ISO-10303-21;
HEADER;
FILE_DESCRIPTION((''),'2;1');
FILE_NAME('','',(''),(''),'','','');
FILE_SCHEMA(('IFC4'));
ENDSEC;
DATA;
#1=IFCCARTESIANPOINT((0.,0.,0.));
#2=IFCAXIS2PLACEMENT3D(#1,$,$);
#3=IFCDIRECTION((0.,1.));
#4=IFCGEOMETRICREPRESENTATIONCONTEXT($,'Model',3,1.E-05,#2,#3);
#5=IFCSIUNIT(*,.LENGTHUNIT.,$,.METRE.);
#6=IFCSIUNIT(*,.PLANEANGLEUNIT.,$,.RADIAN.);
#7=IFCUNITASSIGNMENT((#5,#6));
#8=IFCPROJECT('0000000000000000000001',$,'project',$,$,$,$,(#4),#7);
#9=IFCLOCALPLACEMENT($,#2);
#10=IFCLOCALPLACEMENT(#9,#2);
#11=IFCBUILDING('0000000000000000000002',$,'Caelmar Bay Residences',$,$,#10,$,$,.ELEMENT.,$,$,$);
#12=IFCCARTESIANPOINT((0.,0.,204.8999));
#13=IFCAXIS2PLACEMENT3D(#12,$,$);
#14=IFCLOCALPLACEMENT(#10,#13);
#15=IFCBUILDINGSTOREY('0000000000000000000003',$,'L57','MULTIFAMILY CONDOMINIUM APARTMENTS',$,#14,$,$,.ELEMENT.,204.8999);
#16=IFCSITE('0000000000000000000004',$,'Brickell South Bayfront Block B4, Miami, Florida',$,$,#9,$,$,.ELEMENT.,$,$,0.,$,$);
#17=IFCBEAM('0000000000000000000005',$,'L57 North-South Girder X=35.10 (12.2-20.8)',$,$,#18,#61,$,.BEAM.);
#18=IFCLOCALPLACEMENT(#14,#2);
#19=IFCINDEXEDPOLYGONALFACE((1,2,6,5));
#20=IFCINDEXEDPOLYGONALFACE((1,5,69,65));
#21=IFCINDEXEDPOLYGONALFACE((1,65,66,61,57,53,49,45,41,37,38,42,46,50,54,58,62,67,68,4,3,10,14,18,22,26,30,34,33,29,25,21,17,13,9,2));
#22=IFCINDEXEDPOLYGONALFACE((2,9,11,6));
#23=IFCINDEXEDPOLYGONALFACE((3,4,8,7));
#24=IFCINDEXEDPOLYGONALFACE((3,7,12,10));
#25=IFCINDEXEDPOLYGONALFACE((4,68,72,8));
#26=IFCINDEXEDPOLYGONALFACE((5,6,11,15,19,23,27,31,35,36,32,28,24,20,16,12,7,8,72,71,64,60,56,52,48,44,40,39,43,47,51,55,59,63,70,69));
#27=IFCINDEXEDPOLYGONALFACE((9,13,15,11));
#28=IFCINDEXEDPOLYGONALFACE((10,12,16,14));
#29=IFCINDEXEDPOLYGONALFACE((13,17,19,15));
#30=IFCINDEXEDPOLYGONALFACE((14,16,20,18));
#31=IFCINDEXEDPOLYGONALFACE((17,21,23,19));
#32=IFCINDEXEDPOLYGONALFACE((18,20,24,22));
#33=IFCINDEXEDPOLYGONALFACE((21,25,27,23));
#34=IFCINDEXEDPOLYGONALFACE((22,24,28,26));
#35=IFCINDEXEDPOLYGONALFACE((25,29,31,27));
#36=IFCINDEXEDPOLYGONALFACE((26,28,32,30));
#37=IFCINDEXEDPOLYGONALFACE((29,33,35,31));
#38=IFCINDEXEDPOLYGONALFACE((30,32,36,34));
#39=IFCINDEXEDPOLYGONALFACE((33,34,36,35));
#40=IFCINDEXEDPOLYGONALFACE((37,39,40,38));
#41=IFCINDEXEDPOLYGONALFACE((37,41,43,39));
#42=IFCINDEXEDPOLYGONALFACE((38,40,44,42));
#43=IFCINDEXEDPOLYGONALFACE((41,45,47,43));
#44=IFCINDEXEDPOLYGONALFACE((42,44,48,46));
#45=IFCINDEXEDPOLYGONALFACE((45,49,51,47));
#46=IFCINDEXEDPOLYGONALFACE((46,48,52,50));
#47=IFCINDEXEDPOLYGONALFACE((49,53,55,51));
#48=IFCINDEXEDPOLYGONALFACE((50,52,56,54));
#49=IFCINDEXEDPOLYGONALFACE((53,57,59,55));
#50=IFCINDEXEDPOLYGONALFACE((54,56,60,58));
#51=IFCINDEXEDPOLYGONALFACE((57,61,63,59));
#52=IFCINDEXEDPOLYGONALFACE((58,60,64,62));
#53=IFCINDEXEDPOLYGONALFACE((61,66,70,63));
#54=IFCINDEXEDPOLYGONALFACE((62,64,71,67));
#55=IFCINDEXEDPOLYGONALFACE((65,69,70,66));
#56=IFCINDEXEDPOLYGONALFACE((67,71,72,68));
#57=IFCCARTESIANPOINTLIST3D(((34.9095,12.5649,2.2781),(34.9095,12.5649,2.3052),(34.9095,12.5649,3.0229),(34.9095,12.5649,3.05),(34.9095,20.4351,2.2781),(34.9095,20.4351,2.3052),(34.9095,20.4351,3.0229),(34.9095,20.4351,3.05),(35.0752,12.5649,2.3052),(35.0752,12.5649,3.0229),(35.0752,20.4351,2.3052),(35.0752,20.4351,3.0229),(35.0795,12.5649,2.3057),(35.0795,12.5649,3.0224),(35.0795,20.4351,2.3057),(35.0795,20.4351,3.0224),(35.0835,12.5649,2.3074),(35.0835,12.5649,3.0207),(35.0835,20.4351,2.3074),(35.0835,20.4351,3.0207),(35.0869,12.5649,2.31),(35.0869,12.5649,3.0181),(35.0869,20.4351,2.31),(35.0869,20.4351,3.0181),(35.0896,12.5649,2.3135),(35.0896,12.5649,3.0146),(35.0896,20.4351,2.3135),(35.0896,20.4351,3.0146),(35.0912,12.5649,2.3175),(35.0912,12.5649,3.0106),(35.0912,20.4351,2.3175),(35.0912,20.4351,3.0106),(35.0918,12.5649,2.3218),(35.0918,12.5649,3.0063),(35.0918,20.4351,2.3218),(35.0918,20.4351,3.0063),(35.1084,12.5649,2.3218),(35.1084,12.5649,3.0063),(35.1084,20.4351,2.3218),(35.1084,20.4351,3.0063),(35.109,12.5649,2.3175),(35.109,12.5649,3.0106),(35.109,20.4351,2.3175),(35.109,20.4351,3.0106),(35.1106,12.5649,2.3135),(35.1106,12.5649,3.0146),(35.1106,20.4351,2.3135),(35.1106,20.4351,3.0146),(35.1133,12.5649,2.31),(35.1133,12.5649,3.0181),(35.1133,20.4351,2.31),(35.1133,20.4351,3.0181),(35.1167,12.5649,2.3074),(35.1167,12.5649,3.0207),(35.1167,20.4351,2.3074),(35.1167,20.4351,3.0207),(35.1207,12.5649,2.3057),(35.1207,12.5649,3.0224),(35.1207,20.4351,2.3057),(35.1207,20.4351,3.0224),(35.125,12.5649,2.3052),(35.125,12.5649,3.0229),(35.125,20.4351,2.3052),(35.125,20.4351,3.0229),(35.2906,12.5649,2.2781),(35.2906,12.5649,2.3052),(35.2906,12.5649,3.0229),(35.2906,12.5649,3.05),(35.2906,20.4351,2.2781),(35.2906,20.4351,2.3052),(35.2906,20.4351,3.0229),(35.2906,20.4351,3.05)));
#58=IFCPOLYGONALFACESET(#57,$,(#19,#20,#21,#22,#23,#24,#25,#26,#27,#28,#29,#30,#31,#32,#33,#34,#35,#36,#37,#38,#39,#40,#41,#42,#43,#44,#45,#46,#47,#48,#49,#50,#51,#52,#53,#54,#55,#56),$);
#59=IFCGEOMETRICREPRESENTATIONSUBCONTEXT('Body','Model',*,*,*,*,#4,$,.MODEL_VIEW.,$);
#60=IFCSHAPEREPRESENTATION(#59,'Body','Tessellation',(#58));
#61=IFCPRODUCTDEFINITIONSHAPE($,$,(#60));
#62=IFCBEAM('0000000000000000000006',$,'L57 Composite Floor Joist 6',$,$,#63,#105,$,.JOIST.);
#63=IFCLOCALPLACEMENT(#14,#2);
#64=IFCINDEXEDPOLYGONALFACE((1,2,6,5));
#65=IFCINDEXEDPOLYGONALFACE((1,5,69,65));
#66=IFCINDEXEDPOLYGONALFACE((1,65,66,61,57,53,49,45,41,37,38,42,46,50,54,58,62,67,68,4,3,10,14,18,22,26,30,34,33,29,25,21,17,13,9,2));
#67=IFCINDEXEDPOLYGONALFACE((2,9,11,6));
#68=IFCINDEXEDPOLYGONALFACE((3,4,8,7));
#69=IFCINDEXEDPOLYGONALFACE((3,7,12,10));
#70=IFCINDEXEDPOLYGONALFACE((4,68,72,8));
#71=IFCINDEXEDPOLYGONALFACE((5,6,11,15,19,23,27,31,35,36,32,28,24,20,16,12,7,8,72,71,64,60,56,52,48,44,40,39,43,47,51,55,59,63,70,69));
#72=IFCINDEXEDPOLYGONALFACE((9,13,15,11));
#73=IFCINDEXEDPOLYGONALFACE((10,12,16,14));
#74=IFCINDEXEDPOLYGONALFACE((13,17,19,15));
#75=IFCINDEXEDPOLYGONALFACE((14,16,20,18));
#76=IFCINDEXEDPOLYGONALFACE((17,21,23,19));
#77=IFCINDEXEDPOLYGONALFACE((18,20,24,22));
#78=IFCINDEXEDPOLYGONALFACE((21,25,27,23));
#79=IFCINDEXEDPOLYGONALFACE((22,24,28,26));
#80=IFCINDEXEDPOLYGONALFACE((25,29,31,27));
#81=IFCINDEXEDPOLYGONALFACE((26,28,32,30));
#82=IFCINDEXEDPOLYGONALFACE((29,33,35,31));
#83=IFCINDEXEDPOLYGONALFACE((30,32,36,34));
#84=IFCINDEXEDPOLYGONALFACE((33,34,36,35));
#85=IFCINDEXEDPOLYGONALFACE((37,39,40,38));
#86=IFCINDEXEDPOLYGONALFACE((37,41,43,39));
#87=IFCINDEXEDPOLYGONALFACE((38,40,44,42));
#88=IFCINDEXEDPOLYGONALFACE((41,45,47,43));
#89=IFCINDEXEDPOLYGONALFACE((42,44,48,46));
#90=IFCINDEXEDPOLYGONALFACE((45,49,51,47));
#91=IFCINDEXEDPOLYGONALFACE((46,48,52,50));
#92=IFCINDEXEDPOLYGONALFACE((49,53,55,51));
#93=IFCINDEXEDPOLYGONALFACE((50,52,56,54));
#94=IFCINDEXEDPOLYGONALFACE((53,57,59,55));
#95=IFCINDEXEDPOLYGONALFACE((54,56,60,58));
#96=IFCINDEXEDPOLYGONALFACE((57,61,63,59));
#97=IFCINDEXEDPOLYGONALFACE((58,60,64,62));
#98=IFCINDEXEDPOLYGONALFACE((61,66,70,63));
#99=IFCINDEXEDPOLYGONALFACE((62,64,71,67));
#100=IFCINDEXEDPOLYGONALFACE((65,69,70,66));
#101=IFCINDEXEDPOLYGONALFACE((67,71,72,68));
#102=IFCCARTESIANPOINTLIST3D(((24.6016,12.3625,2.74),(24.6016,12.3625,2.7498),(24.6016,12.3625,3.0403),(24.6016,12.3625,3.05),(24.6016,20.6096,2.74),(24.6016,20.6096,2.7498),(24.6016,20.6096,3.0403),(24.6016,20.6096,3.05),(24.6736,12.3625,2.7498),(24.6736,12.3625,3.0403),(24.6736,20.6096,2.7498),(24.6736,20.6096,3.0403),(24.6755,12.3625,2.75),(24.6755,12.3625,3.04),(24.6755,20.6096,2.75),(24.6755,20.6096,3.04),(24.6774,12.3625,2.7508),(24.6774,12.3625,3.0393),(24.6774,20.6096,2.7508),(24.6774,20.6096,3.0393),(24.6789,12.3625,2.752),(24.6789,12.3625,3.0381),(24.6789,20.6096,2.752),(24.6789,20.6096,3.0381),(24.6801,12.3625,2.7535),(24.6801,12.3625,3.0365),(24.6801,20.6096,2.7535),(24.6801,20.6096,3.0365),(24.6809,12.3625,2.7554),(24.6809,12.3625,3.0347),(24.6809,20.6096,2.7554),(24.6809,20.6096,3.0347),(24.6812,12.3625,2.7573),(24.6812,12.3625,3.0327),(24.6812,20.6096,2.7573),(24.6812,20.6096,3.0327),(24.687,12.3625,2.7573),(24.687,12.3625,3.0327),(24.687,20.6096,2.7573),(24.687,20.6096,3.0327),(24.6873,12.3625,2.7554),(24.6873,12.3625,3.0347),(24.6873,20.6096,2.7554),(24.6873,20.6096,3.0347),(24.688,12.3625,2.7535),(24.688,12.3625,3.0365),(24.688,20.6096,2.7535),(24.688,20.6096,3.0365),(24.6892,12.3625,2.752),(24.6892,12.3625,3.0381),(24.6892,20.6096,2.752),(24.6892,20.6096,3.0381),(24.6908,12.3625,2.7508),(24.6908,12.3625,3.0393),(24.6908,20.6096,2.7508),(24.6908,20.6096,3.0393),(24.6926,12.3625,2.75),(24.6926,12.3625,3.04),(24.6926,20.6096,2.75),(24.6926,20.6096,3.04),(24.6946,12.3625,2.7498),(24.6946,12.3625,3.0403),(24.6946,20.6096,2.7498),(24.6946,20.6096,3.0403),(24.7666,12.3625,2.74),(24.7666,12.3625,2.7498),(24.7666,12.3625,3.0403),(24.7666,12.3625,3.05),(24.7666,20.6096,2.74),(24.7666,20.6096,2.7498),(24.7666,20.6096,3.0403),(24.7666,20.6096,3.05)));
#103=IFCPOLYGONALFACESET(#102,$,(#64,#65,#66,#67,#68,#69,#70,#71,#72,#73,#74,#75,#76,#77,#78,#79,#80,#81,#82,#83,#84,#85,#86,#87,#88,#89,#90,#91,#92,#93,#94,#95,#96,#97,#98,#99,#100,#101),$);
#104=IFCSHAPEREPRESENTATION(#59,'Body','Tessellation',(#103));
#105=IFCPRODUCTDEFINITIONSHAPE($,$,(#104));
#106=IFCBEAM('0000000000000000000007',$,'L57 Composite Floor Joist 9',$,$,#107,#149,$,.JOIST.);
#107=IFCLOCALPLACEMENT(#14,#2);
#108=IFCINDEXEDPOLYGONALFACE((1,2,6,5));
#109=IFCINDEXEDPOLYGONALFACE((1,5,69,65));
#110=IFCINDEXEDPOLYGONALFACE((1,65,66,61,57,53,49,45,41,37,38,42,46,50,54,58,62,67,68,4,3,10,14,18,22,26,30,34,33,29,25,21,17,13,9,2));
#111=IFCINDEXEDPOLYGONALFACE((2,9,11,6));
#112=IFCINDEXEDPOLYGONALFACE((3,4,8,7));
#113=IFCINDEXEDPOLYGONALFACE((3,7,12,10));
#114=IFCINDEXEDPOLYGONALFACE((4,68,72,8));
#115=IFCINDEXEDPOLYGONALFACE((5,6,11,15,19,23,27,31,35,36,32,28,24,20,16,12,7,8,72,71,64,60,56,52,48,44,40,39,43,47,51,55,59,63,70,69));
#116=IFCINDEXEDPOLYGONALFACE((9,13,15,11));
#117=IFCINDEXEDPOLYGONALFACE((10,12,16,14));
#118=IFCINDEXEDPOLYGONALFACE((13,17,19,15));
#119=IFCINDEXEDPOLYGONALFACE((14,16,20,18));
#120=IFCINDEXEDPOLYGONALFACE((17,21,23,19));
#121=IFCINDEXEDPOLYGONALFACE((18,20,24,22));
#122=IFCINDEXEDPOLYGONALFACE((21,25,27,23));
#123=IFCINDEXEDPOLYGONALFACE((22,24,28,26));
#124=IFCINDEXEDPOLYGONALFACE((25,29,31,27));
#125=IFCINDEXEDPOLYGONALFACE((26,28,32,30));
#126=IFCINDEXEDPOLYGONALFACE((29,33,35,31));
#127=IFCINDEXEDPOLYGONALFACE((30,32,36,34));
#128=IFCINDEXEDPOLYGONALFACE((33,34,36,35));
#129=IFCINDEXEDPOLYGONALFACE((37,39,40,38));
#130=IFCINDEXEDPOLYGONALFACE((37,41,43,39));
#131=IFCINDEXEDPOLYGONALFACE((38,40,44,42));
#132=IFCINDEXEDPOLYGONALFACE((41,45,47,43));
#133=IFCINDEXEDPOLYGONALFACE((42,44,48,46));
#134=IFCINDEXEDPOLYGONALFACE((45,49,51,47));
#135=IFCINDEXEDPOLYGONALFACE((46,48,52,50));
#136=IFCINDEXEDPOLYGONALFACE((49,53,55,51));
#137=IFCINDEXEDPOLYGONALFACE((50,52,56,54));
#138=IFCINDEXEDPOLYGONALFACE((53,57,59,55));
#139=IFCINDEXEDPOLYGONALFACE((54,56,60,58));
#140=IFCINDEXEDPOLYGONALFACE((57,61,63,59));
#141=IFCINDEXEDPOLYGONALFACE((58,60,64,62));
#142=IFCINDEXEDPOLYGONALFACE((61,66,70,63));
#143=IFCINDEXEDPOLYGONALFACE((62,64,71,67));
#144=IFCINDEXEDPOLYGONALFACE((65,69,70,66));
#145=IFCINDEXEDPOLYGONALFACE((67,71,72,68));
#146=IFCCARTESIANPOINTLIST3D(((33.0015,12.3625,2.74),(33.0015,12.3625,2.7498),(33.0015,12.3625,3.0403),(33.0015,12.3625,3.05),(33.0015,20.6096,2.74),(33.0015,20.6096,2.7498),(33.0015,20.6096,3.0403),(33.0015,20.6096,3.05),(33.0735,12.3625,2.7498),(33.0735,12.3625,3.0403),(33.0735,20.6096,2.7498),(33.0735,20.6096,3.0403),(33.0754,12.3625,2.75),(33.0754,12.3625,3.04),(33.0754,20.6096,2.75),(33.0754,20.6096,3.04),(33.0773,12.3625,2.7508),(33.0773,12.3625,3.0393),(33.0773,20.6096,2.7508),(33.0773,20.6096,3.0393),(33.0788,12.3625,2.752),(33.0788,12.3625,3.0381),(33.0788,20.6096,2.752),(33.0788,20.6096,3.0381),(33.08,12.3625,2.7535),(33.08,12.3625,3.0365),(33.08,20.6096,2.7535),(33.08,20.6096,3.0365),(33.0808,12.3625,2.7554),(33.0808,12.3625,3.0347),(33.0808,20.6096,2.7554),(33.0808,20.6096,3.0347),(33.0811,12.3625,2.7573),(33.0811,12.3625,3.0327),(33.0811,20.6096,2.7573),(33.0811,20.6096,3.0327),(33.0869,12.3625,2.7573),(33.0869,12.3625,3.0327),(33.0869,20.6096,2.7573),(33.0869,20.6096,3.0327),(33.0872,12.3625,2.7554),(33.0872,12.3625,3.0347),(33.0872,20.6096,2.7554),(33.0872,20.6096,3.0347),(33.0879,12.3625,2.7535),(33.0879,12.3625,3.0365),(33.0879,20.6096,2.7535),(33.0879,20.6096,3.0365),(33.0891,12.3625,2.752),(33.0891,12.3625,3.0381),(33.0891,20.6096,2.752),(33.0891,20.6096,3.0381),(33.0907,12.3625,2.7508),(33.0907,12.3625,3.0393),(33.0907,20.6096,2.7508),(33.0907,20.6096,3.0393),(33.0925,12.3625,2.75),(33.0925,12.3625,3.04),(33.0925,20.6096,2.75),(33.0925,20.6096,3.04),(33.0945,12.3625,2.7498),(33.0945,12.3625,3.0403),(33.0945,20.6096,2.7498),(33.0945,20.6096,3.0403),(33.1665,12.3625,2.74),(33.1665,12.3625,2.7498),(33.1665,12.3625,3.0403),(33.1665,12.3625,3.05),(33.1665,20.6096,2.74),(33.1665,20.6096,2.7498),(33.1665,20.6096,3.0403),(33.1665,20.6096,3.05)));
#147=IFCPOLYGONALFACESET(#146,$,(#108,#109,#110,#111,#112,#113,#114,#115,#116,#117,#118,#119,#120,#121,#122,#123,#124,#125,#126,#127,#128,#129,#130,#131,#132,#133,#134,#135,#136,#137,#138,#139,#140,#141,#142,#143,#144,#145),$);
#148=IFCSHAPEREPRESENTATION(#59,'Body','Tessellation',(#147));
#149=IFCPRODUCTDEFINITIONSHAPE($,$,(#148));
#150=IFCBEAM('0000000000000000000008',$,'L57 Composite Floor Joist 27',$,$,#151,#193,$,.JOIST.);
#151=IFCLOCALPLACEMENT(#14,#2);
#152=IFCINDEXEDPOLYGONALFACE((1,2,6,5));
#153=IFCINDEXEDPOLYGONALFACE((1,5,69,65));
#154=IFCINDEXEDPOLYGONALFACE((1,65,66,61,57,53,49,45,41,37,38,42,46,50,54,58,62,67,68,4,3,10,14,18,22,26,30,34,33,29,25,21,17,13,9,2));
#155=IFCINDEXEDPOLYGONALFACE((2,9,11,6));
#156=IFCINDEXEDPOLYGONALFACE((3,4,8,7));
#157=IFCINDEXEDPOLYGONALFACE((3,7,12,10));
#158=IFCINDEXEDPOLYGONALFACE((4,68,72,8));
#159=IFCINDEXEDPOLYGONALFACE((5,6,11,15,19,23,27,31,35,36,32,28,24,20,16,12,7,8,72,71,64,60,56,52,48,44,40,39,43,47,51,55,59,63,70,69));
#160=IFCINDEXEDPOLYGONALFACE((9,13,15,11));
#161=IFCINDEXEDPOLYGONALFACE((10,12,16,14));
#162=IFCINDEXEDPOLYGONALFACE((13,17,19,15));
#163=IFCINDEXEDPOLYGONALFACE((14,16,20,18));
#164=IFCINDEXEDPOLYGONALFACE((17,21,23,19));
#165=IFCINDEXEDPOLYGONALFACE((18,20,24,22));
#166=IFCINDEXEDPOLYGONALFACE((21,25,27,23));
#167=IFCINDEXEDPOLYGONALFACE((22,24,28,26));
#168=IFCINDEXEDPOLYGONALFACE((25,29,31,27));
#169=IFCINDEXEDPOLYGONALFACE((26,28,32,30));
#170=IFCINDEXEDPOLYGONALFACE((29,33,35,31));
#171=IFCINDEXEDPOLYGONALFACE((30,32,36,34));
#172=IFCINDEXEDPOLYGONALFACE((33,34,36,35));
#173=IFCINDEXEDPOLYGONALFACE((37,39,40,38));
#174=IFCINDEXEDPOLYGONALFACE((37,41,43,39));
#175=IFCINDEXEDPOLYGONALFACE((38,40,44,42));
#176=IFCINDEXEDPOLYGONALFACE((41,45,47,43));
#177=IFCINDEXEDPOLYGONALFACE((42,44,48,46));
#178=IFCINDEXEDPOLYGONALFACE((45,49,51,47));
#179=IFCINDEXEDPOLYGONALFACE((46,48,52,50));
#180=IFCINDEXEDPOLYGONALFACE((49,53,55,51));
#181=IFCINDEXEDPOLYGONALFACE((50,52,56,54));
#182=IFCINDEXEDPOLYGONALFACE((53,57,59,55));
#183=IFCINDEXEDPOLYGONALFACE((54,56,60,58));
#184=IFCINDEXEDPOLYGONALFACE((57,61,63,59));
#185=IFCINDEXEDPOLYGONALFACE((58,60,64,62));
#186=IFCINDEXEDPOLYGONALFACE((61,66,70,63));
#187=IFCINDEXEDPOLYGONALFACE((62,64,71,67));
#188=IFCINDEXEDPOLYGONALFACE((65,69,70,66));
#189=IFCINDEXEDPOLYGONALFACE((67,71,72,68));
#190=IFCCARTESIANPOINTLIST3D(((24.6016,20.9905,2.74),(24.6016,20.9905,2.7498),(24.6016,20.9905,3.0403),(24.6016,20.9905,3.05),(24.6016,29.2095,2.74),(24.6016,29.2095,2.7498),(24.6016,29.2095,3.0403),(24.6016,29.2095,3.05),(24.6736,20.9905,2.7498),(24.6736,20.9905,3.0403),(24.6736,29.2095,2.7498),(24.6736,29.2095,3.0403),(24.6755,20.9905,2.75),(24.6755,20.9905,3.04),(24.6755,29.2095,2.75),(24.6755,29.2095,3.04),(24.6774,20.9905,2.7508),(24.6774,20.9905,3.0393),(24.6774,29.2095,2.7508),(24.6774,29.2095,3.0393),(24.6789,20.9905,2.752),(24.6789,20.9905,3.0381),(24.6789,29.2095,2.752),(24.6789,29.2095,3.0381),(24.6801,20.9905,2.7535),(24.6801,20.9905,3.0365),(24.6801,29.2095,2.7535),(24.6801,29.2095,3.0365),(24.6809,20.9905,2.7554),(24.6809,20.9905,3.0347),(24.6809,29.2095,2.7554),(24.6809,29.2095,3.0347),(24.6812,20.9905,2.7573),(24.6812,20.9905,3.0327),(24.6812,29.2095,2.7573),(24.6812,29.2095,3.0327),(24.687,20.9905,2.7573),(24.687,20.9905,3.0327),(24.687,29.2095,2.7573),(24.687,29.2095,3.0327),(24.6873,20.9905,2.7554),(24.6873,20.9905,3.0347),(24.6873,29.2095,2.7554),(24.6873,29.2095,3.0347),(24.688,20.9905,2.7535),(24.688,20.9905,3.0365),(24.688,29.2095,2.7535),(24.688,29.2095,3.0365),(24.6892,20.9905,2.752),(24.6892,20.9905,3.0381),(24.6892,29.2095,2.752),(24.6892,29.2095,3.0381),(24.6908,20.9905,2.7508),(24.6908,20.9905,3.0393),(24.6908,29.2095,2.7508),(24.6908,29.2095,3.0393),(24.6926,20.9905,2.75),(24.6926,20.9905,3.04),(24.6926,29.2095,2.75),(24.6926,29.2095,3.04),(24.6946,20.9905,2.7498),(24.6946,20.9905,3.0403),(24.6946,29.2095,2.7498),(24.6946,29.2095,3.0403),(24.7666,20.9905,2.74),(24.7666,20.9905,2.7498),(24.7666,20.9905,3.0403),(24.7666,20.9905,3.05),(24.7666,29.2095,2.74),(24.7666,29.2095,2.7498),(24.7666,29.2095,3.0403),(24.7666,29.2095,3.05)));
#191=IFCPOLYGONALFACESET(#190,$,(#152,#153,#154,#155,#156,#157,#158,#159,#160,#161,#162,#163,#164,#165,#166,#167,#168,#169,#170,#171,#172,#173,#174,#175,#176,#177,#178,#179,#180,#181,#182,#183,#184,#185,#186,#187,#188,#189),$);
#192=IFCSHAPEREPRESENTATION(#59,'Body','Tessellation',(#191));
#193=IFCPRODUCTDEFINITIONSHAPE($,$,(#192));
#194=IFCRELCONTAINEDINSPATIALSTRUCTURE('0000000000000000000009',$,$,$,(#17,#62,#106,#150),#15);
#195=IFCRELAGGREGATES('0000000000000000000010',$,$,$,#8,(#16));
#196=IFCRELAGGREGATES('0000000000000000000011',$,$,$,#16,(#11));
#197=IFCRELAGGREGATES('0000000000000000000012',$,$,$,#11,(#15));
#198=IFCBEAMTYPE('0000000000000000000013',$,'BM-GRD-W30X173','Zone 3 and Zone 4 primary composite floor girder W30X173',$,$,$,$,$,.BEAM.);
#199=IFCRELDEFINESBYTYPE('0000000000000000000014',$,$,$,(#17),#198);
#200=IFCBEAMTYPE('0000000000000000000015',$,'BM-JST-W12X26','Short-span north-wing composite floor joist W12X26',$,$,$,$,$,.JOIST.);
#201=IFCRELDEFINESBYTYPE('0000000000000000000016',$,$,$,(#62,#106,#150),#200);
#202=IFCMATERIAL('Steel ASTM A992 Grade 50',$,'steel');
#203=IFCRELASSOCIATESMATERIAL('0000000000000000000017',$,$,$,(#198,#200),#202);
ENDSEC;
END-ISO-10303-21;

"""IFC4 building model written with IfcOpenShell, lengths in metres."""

from ifc_helpers import new_model, si_unit, direction, frame, origin, origin_2d, place, context, subcontext, project, spatial, i_section, extrude, material, material_profile, profile_set, type_object, element, save


model = new_model("IFC4")

# Units and contexts
model_context = context("Model", 3, precision=1e-05, world=origin(), true_north=direction((0.0, 1.0)))
body_context = subcontext(model_context, "Body", "Model", "MODEL_VIEW")
ifc_project = project(units=[si_unit("LENGTHUNIT", "METRE"), si_unit("PLANEANGLEUNIT", "RADIAN")], contexts=[model_context])

# Site, building, storey
site_placement = place(None, origin())
site = spatial("IfcSite", under=ifc_project, at=site_placement, Name="Brickell South Bayfront Block B4, Miami, Florida", CompositionType="ELEMENT", RefElevation=0.0)
building_placement = place(site_placement, origin())
building = spatial("IfcBuilding", under=site, at=building_placement, Name="Caelmar Bay Residences", CompositionType="ELEMENT")
storey_placement = place(building_placement, frame((0.0, 0.0, 204.8999)))
storey = spatial("IfcBuildingStorey", under=building, at=storey_placement, Name="L57", Description="MULTIFAMILY CONDOMINIUM APARTMENTS", CompositionType="ELEMENT", Elevation=204.8999)

# Beams
ifc_material_1 = material(Name="Steel ASTM A992 Grade 50", Category="steel")
ifc_material_profile_1 = material_profile(ifc_material_1, i_section(OverallWidth=0.3811, OverallDepth=0.772, WebThickness=0.0166, FlangeThickness=0.0271, FilletRadius=0.0166, at=origin_2d()), Name="W30X173")
ifc_profile_set_1 = profile_set([ifc_material_profile_1], Name="Steel ASTM A992 Grade 50")
beam_type_1 = type_object("IfcBeamType", Name="BM-GRD-W30X173", Description="Zone 3 and Zone 4 primary composite floor girder W30X173", PredefinedType="BEAM", material=ifc_profile_set_1)
for number, where, z_axis, x_axis, name in (
    (1, (35.1001, 12.5649, 2.6641), (0.0, 1.0, 0.0), (-1.0, 0.0, 0.0), "L57 North-South Girder X=35.10 (12.2-20.8)"),
):
    element("IfcBeam", number, at=place(storey_placement, frame(where, z_axis=z_axis, x_axis=x_axis)), inside=storey, type_object=beam_type_1, Name=name, PredefinedType="BEAM", context=body_context, shape_type="SweptSolid", body=[
        extrude(i_section(OverallWidth=0.3811, OverallDepth=0.772, WebThickness=0.0166, FlangeThickness=0.0271, FilletRadius=0.0166, at=origin_2d()), origin(), (0.0, 0.0, 1.0), 7.8701),
    ])
ifc_material_profile_2 = material_profile(ifc_material_1, i_section(OverallWidth=0.165, OverallDepth=0.3101, WebThickness=0.0059, FlangeThickness=0.0098, FilletRadius=0.0076, at=origin_2d()), Name="W12X26")
ifc_profile_set_2 = profile_set([ifc_material_profile_2], Name="Steel ASTM A992 Grade 50")
beam_type_2 = type_object("IfcBeamType", Name="BM-JST-W12X26", Description="Short-span north-wing composite floor joist W12X26", PredefinedType="JOIST", material=ifc_profile_set_2)
for number, where, z_axis, x_axis, name in (
    (2, (24.6841, 12.3625, 2.895), (0.0, 1.0, 0.0), (-1.0, 0.0, 0.0), "L57 Composite Floor Joist 6"),
    (3, (33.084, 12.3625, 2.895), (0.0, 1.0, 0.0), (-1.0, 0.0, 0.0), "L57 Composite Floor Joist 9"),
):
    element("IfcBeam", number, at=place(storey_placement, frame(where, z_axis=z_axis, x_axis=x_axis)), inside=storey, type_object=beam_type_2, Name=name, PredefinedType="JOIST", context=body_context, shape_type="SweptSolid", body=[
        extrude(i_section(OverallWidth=0.165, OverallDepth=0.3101, WebThickness=0.0059, FlangeThickness=0.0098, FilletRadius=0.0076, at=origin_2d()), origin(), (0.0, 0.0, 1.0), 8.2471),
    ])
for number, where, z_axis, x_axis, name in (
    (4, (24.6841, 20.9905, 2.895), (0.0, 1.0, 0.0), (-1.0, 0.0, 0.0), "L57 Composite Floor Joist 27"),
):
    element("IfcBeam", number, at=place(storey_placement, frame(where, z_axis=z_axis, x_axis=x_axis)), inside=storey, type_object=beam_type_2, Name=name, PredefinedType="JOIST", context=body_context, shape_type="SweptSolid", body=[
        extrude(i_section(OverallWidth=0.165, OverallDepth=0.3101, WebThickness=0.0059, FlangeThickness=0.0098, FilletRadius=0.0076, at=origin_2d()), origin(), (0.0, 0.0, 1.0), 8.219),
    ])

save(model, "model.ifc")
